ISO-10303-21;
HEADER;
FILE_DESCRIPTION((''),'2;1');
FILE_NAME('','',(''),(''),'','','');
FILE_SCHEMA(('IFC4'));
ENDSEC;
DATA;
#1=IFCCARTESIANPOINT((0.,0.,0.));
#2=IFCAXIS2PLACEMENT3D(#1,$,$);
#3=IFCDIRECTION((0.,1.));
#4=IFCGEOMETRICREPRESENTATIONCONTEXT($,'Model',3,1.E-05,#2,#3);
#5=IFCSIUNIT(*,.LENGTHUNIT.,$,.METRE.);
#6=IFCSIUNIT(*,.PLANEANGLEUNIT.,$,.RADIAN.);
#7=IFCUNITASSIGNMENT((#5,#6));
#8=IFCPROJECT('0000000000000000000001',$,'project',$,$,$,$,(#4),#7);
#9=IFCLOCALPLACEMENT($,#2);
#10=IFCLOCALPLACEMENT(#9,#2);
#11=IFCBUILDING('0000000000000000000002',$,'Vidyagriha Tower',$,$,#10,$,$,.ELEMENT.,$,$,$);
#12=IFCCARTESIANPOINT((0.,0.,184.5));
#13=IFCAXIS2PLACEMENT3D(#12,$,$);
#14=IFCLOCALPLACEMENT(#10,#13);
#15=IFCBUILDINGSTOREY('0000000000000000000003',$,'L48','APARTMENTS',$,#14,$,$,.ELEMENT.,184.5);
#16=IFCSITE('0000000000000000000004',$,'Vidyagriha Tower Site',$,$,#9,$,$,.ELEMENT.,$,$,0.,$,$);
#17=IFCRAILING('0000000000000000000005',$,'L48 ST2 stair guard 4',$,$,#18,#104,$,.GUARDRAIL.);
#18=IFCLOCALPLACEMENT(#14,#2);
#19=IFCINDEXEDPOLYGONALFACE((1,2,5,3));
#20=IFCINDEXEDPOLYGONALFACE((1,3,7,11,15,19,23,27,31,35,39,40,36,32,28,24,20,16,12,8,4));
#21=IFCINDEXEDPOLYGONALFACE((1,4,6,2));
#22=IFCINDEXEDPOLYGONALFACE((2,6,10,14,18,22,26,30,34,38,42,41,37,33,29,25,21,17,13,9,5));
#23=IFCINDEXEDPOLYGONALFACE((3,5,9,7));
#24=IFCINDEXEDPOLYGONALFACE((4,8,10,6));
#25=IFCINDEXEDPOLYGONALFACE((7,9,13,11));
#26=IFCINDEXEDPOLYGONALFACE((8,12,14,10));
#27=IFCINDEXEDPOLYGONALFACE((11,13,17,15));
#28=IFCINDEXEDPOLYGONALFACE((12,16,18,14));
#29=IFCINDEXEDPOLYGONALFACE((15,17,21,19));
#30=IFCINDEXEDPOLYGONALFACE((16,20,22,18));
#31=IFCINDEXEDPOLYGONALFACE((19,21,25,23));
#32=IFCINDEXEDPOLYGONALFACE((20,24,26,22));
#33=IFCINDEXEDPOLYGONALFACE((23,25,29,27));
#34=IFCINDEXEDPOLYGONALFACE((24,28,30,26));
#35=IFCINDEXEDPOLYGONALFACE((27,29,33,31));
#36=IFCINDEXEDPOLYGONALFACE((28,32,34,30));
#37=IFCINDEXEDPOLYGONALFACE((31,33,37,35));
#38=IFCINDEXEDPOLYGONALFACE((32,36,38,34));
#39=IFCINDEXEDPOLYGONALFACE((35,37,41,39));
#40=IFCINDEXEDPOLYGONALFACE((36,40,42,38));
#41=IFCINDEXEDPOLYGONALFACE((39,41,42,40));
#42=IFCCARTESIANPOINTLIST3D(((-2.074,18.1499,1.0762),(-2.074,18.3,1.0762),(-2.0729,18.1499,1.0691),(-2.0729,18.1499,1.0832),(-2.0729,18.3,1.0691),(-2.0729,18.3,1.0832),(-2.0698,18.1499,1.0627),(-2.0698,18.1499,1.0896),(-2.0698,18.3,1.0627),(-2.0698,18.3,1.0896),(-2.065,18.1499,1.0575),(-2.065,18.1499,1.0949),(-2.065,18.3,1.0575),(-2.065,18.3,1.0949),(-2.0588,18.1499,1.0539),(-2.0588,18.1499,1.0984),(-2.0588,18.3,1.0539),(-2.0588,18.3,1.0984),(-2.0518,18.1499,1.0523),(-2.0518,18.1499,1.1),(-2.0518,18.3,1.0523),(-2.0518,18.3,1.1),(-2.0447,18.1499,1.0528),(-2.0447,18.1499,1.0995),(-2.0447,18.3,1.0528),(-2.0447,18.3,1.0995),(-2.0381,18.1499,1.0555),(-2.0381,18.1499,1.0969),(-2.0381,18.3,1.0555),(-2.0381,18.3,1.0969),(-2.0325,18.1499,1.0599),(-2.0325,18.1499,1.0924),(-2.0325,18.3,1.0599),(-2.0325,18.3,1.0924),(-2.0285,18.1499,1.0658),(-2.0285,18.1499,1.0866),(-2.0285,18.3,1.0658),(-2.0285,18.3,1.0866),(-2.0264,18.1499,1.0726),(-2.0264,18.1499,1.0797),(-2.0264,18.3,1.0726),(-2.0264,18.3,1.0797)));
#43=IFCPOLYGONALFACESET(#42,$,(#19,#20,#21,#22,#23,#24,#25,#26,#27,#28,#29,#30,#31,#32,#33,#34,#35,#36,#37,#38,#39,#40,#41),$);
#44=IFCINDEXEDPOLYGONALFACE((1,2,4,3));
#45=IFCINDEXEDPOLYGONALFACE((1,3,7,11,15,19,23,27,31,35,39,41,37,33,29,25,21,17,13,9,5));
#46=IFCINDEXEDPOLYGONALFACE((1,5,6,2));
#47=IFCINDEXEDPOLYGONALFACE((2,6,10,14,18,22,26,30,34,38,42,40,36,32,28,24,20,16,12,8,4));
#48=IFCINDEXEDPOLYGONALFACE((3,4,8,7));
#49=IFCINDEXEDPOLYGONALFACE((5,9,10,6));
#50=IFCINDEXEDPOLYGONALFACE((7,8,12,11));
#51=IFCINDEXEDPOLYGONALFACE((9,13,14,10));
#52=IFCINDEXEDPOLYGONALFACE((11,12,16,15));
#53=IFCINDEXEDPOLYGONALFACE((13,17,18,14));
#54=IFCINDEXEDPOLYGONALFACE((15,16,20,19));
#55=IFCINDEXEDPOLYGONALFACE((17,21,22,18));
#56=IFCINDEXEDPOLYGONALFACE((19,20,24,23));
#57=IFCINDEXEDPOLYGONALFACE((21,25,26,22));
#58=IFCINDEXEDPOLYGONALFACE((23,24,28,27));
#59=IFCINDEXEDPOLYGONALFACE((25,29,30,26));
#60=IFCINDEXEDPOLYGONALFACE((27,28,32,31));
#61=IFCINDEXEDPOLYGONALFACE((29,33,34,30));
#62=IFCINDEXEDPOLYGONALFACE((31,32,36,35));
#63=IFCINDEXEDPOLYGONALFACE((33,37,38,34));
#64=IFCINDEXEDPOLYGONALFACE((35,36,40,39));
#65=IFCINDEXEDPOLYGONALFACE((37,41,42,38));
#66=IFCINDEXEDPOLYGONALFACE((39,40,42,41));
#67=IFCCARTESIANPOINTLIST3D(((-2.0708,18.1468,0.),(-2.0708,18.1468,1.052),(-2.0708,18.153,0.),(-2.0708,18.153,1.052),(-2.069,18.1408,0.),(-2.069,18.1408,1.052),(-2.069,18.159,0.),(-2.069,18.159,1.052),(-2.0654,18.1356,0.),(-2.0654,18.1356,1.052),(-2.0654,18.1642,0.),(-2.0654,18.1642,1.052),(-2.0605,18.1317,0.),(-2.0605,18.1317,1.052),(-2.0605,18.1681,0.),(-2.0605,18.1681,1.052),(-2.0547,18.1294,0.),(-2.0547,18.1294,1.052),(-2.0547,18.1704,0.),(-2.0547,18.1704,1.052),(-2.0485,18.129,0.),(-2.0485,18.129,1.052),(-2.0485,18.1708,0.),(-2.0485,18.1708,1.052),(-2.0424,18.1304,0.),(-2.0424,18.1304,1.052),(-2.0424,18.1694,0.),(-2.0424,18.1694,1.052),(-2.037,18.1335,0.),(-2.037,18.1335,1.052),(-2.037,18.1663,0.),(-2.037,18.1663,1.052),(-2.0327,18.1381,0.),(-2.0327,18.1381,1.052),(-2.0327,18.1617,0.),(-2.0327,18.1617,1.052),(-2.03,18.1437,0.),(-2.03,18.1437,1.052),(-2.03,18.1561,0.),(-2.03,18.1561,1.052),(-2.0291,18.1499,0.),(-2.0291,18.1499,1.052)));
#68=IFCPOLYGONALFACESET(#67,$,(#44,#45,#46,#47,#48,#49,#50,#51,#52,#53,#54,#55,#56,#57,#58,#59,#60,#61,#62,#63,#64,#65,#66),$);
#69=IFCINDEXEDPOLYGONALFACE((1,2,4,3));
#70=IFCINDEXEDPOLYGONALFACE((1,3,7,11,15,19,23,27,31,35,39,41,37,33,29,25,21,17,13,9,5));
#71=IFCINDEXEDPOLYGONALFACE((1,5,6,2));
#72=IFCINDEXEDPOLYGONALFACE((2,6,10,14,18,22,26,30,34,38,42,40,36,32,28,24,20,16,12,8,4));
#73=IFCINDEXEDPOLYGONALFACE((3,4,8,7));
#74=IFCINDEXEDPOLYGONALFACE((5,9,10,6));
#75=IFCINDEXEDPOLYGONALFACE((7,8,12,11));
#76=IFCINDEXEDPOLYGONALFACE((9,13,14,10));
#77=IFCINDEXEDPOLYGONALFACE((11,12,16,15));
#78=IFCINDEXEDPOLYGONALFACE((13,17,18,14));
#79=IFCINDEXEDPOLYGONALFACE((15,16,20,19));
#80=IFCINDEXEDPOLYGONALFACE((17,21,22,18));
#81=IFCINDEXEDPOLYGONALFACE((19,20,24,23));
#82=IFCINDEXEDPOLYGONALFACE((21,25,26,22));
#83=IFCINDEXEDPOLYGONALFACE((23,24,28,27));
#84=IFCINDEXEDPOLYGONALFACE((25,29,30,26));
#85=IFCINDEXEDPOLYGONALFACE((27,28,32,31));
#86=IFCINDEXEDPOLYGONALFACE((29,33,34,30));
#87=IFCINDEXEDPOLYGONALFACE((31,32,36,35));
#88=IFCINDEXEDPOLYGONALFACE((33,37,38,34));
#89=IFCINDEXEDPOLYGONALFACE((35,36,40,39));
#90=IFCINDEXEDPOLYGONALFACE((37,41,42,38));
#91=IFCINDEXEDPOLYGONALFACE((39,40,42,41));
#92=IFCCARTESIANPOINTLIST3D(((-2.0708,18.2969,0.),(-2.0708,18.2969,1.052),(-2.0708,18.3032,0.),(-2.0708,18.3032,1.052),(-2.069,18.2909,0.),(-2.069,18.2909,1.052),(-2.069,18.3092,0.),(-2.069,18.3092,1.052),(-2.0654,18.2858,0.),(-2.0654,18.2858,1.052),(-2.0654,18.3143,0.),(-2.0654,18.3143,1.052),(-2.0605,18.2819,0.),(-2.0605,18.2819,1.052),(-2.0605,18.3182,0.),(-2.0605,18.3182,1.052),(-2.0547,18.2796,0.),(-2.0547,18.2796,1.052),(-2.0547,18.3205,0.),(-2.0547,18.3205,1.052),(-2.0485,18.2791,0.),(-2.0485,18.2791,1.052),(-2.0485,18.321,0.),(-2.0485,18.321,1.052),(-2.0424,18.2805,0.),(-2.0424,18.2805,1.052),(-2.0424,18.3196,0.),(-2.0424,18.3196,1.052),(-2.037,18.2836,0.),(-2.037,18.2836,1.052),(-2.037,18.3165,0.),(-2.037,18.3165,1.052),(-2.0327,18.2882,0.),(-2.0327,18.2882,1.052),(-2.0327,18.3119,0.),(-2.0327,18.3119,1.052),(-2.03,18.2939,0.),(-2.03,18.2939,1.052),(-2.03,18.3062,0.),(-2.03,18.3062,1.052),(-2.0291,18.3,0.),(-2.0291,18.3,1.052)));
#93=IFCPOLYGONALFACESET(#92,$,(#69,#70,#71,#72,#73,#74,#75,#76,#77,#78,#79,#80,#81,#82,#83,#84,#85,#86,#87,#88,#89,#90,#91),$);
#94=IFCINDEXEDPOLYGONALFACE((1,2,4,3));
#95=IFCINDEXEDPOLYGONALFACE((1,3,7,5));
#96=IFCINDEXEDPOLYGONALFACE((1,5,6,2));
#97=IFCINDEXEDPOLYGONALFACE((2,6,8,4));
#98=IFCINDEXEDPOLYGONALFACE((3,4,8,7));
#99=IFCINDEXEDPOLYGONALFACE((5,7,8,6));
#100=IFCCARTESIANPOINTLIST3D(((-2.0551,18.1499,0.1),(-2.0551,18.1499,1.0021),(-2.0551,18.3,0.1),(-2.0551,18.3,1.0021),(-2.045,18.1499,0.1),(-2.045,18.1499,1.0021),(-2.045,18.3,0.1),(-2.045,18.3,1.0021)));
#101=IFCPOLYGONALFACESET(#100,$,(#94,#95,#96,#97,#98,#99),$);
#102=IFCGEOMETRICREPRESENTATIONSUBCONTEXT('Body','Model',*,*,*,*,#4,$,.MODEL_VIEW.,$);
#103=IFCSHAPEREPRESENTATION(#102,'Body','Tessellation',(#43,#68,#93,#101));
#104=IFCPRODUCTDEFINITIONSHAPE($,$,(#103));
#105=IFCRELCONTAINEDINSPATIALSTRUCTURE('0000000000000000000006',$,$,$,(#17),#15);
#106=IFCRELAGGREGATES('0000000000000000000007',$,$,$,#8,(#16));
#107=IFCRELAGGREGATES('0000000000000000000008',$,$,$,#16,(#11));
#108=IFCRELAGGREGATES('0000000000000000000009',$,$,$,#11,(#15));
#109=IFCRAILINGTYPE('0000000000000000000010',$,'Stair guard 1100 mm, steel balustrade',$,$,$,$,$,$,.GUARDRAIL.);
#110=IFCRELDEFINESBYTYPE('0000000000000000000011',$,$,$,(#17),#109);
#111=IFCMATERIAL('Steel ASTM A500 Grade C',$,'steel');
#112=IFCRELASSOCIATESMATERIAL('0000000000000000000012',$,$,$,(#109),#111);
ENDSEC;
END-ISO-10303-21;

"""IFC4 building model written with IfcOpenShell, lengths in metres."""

from ifc_helpers import new_model, si_unit, direction, frame, origin, origin_2d, place, context, subcontext, project, spatial, rectangle, circle, extrude, material, type_object, element, save


model = new_model("IFC4")

# Units and contexts
model_context = context("Model", 3, precision=1e-05, world=origin(), true_north=direction((0.0, 1.0)))
body_context = subcontext(model_context, "Body", "Model", "MODEL_VIEW")
ifc_project = project(units=[si_unit("LENGTHUNIT", "METRE"), si_unit("PLANEANGLEUNIT", "RADIAN")], contexts=[model_context])

# Site, building, storey
site_placement = place(None, origin())
site = spatial("IfcSite", under=ifc_project, at=site_placement, Name="Vidyagriha Tower Site", CompositionType="ELEMENT", RefElevation=0.0)
building_placement = place(site_placement, origin())
building = spatial("IfcBuilding", under=site, at=building_placement, Name="Vidyagriha Tower", CompositionType="ELEMENT")
storey_placement = place(building_placement, frame((0.0, 0.0, 184.5)))
storey = spatial("IfcBuildingStorey", under=building, at=storey_placement, Name="L48", Description="APARTMENTS", CompositionType="ELEMENT", Elevation=184.5)

# Railing
ifc_material_1 = material(Name="Steel ASTM A500 Grade C", Category="steel")
railing_type_1 = type_object("IfcRailingType", Name="Stair guard 1100 mm, steel balustrade", PredefinedType="GUARDRAIL", material=ifc_material_1)
railing_1_placement = place(storey_placement, frame((-2.05, 18.1499, 0.0)))
element("IfcRailing", 1, at=railing_1_placement, inside=storey, type_object=railing_type_1, Name="L48 ST2 stair guard 4", PredefinedType="GUARDRAIL", context=body_context, shape_type="SweptSolid", body=[
    extrude(circle(Radius=0.0239, at=origin_2d()), frame((0.0, 0.0, 1.0762), z_axis=(0.0, 1.0, 0.0), x_axis=(-1.0, 0.0, 0.0)), (0.0, 0.0, 1.0), 0.1501),
    extrude(circle(Radius=0.021, at=origin_2d()), origin(), (0.0, 0.0, 1.0), 1.052),
    extrude(circle(Radius=0.021, at=origin_2d()), frame((0.0, 0.1501, 0.0)), (0.0, 0.0, 1.0), 1.052),
    extrude(rectangle(XDim=0.01, YDim=0.9021, at=origin_2d()), frame((0.0, 0.0, 0.551), z_axis=(0.0, 1.0, 0.0), x_axis=(-1.0, 0.0, 0.0)), (0.0, 0.0, 1.0), 0.1501),
])

save(model, "model.ifc")
